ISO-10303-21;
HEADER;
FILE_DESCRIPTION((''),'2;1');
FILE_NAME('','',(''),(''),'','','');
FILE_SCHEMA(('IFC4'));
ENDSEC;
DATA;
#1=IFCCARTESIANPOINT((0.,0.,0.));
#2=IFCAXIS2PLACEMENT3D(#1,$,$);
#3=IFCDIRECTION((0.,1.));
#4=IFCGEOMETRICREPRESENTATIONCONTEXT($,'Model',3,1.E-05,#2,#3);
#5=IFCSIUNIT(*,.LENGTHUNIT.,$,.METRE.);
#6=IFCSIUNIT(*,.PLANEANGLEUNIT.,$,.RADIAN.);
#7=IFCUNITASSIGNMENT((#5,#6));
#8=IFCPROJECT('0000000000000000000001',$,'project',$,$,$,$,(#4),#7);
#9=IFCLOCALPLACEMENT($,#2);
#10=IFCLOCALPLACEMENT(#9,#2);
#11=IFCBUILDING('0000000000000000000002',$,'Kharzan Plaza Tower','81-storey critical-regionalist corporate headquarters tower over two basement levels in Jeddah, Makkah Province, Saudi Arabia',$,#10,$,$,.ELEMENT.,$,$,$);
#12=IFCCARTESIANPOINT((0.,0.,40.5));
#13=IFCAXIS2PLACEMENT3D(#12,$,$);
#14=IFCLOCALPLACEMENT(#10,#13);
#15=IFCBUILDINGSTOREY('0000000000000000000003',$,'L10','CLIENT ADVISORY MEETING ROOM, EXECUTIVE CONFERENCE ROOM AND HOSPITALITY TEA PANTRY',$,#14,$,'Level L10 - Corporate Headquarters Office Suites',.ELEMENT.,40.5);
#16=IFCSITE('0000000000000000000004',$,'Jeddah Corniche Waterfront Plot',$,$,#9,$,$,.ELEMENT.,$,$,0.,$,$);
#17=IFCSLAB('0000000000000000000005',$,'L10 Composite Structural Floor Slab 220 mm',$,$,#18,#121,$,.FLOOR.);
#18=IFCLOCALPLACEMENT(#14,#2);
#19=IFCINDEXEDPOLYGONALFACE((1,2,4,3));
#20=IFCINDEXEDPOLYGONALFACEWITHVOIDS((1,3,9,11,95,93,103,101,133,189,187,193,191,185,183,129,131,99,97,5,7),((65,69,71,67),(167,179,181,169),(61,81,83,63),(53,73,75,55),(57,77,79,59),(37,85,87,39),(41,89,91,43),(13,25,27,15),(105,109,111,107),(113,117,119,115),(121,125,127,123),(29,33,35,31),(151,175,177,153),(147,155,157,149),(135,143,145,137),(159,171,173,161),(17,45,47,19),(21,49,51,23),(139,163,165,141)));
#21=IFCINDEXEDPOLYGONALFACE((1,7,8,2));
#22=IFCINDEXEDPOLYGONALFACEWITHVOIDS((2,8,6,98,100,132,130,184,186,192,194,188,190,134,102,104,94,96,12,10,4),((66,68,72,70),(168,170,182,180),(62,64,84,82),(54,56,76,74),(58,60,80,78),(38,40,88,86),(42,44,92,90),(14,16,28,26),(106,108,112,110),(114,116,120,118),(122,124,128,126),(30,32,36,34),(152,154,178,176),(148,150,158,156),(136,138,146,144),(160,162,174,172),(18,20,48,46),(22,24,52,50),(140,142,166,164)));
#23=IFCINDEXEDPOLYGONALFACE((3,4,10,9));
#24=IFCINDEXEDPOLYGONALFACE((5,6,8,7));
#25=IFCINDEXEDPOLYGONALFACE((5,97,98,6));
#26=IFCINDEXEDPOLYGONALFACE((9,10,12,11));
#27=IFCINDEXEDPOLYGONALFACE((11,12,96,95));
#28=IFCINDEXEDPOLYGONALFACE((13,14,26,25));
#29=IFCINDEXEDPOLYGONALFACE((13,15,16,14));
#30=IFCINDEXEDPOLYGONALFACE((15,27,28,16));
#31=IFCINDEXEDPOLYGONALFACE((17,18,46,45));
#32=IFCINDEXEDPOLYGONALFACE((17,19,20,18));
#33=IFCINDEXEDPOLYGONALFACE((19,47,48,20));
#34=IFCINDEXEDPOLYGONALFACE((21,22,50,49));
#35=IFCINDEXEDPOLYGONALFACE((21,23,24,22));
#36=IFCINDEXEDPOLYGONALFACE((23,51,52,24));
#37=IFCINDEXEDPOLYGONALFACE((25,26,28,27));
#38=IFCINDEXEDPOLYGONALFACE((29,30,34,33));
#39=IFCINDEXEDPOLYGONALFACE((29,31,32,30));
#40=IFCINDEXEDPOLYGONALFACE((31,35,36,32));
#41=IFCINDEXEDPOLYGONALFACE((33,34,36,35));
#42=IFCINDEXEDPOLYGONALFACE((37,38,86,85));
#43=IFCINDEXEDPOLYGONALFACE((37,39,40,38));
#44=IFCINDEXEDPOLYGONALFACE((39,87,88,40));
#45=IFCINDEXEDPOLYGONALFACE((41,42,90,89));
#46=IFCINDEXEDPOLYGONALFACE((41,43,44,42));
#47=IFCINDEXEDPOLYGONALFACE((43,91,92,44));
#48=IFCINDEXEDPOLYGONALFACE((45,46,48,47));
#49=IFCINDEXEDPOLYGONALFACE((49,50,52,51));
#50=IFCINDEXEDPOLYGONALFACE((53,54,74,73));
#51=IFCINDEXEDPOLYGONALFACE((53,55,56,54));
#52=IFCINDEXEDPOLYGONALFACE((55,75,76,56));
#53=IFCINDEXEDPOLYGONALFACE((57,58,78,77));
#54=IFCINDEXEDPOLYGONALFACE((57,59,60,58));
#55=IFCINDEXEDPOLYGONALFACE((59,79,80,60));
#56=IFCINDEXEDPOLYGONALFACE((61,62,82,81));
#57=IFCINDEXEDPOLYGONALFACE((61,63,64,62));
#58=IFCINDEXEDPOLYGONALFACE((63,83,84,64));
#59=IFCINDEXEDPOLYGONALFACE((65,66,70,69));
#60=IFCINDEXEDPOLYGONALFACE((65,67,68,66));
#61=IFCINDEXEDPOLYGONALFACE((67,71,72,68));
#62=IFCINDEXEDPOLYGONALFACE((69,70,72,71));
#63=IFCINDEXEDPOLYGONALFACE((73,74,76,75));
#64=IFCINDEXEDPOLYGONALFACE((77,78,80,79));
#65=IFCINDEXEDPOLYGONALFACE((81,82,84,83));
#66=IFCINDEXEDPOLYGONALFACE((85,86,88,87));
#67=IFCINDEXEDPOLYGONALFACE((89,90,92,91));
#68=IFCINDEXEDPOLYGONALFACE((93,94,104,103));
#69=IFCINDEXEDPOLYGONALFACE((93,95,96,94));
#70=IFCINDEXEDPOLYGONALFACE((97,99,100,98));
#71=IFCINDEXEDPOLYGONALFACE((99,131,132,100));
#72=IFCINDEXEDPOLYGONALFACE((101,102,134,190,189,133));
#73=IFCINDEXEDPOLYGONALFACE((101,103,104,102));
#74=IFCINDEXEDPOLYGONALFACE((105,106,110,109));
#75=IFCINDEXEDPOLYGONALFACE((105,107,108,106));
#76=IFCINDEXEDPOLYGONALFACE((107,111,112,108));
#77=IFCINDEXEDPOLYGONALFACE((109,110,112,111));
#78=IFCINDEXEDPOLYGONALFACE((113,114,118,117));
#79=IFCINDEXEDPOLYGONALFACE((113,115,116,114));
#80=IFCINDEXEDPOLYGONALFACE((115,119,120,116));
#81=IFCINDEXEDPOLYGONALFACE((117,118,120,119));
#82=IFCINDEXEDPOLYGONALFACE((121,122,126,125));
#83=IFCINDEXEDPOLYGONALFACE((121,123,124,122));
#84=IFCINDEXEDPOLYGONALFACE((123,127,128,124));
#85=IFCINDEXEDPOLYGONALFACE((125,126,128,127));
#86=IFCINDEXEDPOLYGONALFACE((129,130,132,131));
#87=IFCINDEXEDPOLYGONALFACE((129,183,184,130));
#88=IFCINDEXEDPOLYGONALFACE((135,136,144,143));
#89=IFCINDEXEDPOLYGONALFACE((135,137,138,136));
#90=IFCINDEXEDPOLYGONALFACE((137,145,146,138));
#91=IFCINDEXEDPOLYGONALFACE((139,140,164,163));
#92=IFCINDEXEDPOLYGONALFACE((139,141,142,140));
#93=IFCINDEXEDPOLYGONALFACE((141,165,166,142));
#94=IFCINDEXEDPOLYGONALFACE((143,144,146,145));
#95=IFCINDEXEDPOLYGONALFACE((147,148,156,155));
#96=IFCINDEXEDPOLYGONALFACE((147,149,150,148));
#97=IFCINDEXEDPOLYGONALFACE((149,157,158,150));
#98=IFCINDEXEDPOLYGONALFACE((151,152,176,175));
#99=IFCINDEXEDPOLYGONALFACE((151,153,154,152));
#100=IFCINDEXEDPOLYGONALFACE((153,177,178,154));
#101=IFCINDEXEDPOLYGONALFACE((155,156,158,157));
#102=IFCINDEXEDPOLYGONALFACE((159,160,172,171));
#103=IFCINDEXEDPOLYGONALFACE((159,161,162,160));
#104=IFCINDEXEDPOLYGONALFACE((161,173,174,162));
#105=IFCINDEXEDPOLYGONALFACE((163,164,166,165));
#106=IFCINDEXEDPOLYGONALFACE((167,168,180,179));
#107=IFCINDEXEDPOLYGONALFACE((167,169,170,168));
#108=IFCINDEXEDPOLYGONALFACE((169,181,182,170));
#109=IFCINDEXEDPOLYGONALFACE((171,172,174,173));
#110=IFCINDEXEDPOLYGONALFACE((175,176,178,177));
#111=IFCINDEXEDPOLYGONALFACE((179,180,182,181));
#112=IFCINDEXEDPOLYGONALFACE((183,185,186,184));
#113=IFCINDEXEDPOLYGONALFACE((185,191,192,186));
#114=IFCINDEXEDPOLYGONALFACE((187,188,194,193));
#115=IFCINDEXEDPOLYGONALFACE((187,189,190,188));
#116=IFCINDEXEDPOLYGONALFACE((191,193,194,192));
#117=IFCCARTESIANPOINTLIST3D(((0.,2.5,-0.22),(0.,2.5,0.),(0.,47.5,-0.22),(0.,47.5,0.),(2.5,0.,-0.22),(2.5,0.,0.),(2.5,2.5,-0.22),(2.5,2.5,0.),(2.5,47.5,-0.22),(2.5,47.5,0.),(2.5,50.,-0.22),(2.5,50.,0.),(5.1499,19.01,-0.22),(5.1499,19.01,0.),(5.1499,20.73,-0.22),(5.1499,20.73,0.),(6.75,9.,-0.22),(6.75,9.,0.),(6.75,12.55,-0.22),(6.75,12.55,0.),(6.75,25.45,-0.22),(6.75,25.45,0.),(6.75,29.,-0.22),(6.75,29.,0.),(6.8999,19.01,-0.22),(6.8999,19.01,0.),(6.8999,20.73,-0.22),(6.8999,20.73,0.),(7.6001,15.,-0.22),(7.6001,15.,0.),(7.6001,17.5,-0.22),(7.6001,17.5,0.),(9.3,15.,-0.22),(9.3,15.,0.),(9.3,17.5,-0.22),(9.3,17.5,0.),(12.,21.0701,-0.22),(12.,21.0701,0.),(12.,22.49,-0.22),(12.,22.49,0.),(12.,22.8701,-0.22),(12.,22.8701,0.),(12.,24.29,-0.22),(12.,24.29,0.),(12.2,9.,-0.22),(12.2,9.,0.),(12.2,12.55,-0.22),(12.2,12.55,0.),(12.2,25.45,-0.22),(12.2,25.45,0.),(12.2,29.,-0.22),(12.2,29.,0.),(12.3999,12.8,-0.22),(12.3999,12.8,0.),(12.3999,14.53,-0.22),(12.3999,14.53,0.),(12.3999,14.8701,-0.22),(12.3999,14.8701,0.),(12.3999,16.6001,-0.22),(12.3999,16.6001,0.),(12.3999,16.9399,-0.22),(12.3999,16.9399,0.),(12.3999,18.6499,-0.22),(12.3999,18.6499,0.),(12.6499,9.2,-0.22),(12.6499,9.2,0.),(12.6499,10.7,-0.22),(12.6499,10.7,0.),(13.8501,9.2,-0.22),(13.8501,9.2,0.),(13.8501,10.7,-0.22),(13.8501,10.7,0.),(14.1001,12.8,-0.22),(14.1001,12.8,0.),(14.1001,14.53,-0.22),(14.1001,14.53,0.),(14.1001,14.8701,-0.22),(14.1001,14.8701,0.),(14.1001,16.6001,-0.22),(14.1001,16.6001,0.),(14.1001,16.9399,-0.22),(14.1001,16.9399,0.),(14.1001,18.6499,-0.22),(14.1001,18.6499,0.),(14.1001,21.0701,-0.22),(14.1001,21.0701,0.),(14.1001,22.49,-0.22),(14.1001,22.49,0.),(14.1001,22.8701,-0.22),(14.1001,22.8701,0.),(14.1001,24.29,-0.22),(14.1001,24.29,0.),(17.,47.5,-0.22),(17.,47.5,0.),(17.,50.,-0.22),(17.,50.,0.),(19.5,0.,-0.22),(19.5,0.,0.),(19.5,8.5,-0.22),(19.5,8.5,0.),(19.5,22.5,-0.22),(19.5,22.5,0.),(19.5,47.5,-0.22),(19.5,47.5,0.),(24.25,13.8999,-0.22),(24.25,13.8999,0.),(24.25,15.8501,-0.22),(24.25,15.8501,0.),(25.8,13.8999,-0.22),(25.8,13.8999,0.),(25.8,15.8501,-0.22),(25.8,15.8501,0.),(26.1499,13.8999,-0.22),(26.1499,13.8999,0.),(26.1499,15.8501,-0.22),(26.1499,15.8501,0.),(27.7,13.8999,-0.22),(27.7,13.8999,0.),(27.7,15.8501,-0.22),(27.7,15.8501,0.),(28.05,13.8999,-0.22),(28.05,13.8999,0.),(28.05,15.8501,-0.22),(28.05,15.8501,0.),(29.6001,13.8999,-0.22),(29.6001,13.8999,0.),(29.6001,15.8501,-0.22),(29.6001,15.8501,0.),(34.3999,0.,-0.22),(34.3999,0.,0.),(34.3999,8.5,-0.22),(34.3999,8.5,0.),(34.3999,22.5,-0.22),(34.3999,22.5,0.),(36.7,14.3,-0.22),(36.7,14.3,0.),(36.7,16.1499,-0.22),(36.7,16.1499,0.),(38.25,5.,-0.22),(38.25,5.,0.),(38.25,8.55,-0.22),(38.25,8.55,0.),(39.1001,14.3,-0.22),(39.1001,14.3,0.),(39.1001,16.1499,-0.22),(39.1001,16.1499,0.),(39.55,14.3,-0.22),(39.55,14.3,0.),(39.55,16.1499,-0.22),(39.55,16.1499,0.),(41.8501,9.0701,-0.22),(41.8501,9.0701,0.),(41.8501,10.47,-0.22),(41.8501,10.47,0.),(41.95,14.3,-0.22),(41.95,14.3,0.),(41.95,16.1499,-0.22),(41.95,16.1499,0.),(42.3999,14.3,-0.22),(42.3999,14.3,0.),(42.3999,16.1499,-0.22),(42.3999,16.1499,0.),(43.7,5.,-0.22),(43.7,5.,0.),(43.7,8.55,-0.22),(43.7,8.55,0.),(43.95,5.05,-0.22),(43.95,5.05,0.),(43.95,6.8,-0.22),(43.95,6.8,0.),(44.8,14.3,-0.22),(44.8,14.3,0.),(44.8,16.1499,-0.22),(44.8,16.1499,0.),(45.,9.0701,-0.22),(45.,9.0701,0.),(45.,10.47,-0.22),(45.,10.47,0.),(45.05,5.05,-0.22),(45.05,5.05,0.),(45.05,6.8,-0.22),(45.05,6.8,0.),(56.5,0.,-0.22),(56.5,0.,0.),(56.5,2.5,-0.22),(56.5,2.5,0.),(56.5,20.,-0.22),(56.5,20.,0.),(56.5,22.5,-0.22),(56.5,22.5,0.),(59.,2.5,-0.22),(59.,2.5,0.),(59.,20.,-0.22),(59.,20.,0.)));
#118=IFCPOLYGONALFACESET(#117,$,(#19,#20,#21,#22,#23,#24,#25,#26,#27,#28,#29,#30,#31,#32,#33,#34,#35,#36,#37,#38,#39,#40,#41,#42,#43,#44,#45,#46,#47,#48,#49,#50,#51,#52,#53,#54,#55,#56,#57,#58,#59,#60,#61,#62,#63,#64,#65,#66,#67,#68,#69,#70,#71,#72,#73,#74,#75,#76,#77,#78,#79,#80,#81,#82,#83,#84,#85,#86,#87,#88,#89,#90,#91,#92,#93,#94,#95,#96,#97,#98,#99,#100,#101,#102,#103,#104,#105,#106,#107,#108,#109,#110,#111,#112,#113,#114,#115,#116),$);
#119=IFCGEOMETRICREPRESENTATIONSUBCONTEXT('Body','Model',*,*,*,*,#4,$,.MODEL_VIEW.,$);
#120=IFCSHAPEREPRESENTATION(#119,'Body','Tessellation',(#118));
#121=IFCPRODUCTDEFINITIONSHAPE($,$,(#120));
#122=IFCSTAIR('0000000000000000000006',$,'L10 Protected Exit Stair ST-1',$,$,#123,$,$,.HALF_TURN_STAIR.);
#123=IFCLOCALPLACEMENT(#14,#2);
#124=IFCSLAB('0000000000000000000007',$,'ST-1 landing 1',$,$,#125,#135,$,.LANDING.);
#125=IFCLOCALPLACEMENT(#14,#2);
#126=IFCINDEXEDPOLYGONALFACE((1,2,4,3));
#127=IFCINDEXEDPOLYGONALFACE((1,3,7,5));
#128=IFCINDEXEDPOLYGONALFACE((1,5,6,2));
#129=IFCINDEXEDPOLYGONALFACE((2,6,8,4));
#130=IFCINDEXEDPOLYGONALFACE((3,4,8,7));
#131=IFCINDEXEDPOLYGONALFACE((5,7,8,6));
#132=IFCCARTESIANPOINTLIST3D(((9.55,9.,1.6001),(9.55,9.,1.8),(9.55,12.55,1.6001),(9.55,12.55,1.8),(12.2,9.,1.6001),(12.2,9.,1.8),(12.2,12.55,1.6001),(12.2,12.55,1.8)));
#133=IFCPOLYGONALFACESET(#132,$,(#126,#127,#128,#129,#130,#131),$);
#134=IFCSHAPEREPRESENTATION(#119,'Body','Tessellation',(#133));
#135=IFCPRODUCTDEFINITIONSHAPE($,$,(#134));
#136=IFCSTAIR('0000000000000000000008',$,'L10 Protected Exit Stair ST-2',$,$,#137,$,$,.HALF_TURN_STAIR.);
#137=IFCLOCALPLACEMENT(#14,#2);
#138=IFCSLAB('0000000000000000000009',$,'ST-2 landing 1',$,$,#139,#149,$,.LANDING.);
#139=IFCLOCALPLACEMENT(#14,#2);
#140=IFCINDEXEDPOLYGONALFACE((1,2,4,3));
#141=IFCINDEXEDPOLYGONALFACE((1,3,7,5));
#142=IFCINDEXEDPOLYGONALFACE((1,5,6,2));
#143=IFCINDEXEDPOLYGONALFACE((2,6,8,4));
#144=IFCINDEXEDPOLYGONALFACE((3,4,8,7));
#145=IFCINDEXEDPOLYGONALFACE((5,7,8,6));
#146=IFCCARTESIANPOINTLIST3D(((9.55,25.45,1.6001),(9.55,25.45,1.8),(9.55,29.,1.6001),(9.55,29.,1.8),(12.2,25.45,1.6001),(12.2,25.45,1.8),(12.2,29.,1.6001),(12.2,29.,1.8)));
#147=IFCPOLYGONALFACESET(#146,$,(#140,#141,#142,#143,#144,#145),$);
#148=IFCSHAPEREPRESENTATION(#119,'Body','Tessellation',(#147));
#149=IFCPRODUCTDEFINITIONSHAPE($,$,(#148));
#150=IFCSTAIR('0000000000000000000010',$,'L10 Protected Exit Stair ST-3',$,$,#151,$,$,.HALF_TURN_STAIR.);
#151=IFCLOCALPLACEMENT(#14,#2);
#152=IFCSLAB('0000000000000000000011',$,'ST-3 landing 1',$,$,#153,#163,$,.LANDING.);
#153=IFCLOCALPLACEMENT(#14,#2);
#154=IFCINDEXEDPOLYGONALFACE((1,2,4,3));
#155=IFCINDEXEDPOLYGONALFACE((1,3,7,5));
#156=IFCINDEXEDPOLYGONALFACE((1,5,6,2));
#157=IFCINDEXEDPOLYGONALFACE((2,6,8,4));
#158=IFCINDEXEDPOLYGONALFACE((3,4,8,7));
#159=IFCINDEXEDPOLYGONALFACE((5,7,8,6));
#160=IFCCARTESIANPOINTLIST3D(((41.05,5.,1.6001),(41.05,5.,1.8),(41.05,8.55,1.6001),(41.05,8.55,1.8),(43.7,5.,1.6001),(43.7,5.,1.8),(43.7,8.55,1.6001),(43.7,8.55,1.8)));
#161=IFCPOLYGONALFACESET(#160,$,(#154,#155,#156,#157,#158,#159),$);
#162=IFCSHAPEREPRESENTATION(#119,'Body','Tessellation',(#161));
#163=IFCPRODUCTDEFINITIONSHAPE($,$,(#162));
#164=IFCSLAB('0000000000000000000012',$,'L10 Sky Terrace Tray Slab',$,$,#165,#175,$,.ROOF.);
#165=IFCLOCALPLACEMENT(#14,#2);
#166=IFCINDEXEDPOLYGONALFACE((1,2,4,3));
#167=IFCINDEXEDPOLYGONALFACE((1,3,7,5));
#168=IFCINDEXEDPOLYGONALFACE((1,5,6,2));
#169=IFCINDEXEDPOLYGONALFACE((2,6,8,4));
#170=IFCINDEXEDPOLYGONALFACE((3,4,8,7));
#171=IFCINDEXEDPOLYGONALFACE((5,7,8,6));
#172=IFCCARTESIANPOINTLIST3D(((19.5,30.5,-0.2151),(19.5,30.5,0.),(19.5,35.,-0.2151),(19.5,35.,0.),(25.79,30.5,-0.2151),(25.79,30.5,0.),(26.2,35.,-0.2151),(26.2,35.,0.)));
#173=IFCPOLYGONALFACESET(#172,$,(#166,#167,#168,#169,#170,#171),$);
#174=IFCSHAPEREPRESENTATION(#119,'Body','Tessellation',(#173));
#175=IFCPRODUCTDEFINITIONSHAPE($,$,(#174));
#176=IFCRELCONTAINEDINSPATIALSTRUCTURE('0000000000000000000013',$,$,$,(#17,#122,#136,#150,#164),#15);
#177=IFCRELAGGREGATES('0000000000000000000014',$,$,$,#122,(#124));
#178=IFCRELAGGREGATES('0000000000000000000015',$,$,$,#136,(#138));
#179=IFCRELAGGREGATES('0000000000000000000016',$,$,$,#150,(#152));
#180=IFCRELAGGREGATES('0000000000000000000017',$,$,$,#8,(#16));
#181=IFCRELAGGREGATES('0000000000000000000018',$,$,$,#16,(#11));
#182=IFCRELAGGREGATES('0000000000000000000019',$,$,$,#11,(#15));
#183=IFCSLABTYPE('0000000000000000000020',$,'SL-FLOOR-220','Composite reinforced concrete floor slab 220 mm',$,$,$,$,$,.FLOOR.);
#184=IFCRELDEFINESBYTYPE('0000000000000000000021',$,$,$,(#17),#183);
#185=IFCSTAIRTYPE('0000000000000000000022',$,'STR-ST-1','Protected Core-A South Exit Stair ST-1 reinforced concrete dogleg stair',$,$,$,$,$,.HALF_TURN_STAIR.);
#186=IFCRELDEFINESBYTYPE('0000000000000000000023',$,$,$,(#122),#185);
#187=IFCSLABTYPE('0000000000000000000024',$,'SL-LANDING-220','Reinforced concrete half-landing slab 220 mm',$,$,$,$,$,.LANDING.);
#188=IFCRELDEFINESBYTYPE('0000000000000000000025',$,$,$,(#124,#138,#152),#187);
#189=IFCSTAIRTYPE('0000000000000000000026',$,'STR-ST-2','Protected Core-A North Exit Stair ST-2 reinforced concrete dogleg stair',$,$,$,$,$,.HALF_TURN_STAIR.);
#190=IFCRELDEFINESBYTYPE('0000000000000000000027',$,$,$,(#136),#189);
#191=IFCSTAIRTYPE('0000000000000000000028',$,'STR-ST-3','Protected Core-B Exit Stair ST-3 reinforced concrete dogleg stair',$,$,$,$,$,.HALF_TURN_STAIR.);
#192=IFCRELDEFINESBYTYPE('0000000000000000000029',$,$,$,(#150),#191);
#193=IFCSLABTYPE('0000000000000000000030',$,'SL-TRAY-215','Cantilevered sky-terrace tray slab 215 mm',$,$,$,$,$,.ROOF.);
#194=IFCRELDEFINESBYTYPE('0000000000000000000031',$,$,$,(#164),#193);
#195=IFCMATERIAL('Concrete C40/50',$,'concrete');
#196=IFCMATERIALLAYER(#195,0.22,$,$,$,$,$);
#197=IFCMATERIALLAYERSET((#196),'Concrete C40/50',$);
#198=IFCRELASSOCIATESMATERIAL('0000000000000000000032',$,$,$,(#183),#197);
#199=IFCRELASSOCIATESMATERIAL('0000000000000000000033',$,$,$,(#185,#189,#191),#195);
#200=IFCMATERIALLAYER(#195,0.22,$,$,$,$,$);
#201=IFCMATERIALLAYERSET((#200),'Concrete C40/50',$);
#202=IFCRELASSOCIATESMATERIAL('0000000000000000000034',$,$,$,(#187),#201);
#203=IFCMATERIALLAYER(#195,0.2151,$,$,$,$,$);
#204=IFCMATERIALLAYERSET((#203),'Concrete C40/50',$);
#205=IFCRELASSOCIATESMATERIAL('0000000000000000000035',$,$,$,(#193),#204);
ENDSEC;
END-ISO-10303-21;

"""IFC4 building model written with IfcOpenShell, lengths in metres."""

from ifc_helpers import new_model, si_unit, direction, frame, origin, place, context, subcontext, project, spatial, polyline, outline, extrude, material, layer, layer_set, type_object, element, aggregate, save


model = new_model("IFC4")

# Units and contexts
model_context = context("Model", 3, precision=1e-05, world=origin(), true_north=direction((0.0, 1.0)))
body_context = subcontext(model_context, "Body", "Model", "MODEL_VIEW")
ifc_project = project(units=[si_unit("LENGTHUNIT", "METRE"), si_unit("PLANEANGLEUNIT", "RADIAN")], contexts=[model_context])

# Site, building, storey
site_placement = place(None, origin())
site = spatial("IfcSite", under=ifc_project, at=site_placement, Name="Jeddah Corniche Waterfront Plot", CompositionType="ELEMENT", RefElevation=0.0)
building_placement = place(site_placement, origin())
building = spatial("IfcBuilding", under=site, at=building_placement, Name="Kharzan Plaza Tower", Description="81-storey critical-regionalist corporate headquarters tower over two basement levels in Jeddah, Makkah Province, Saudi Arabia", CompositionType="ELEMENT")
storey_placement = place(building_placement, frame((0.0, 0.0, 40.5)))
storey = spatial("IfcBuildingStorey", under=building, at=storey_placement, Name="L10", Description="CLIENT ADVISORY MEETING ROOM, EXECUTIVE CONFERENCE ROOM AND HOSPITALITY TEA PANTRY", LongName="Level L10 - Corporate Headquarters Office Suites", CompositionType="ELEMENT", Elevation=40.5)

# Slab
ifc_material_1 = material(Name="Concrete C40/50", Category="concrete")
ifc_layer_1 = layer(ifc_material_1, 0.22)
ifc_layer_set_1 = layer_set([ifc_layer_1], Name="Concrete C40/50")
slab_type_1 = type_object("IfcSlabType", Name="SL-FLOOR-220", Description="Composite reinforced concrete floor slab 220 mm", PredefinedType="FLOOR", material=ifc_layer_set_1)
slab_1_placement = place(storey_placement, frame((0.0, 0.0, -0.22)))
element("IfcSlab", 1, at=slab_1_placement, inside=storey, type_object=slab_type_1, Name="L10 Composite Structural Floor Slab 220 mm", PredefinedType="FLOOR", context=body_context, shape_type="SweptSolid", body=[
    extrude(outline(polyline([(34.3999, 22.5), (19.5, 22.5), (19.5, 47.5), (17.0, 47.5), (17.0, 50.0), (2.5, 50.0), (2.5, 47.5), (0.0, 47.5), (0.0, 2.5), (2.5, 2.5), (2.5, 0.0), (19.5, 0.0), (19.5, 8.5), (34.3999, 8.5), (34.3999, 0.0), (56.5, 0.0), (56.5, 2.5), (59.0, 2.5), (59.0, 20.0), (56.5, 20.0), (56.5, 22.5), (34.3999, 22.5)]), holes=[polyline([(13.8501, 9.2), (13.8501, 10.7), (12.6499, 10.7), (12.6499, 9.2), (13.8501, 9.2)]), polyline([(12.2, 9.0), (12.2, 12.55), (6.75, 12.55), (6.75, 9.0), (12.2, 9.0)]), polyline([(14.1001, 12.8), (14.1001, 14.53), (12.3999, 14.53), (12.3999, 12.8), (14.1001, 12.8)]), polyline([(14.1001, 14.8701), (14.1001, 16.6001), (12.3999, 16.6001), (12.3999, 14.8701), (14.1001, 14.8701)]), polyline([(9.3, 15.0), (9.3, 17.5), (7.6001, 17.5), (7.6001, 15.0), (9.3, 15.0)]), polyline([(14.1001, 16.9399), (14.1001, 18.6499), (12.3999, 18.6499), (12.3999, 16.9399), (14.1001, 16.9399)]), polyline([(6.8999, 19.01), (6.8999, 20.73), (5.1499, 20.73), (5.1499, 19.01), (6.8999, 19.01)]), polyline([(12.0, 21.0701), (14.1001, 21.0701), (14.1001, 22.49), (12.0, 22.49), (12.0, 21.0701)]), polyline([(12.0, 22.8701), (14.1001, 22.8701), (14.1001, 24.29), (12.0, 24.29), (12.0, 22.8701)]), polyline([(12.2, 25.45), (12.2, 29.0), (6.75, 29.0), (6.75, 25.45), (12.2, 25.45)]), polyline([(45.05, 5.05), (45.05, 6.8), (43.95, 6.8), (43.95, 5.05), (45.05, 5.05)]), polyline([(43.7, 5.0), (43.7, 8.55), (38.25, 8.55), (38.25, 5.0), (43.7, 5.0)]), polyline([(41.8501, 9.0701), (45.0, 9.0701), (45.0, 10.47), (41.8501, 10.47), (41.8501, 9.0701)]), polyline([(24.25, 13.8999), (25.8, 13.8999), (25.8, 15.8501), (24.25, 15.8501), (24.25, 13.8999)]), polyline([(27.7, 13.8999), (27.7, 15.8501), (26.1499, 15.8501), (26.1499, 13.8999), (27.7, 13.8999)]), polyline([(29.6001, 13.8999), (29.6001, 15.8501), (28.05, 15.8501), (28.05, 13.8999), (29.6001, 13.8999)]), polyline([(39.1001, 14.3), (39.1001, 16.1499), (36.7, 16.1499), (36.7, 14.3), (39.1001, 14.3)]), polyline([(39.55, 14.3), (41.95, 14.3), (41.95, 16.1499), (39.55, 16.1499), (39.55, 14.3)]), polyline([(42.3999, 14.3), (44.8, 14.3), (44.8, 16.1499), (42.3999, 16.1499), (42.3999, 14.3)])]), origin(), (0.0, 0.0, 1.0), 0.22),
])

# Stairs, slabs
stair_type_1 = type_object("IfcStairType", Name="STR-ST-1", Description="Protected Core-A South Exit Stair ST-1 reinforced concrete dogleg stair", PredefinedType="HALF_TURN_STAIR", material=ifc_material_1)
stair_1_placement = place(storey_placement, origin())
stair_1 = element("IfcStair", 2, at=stair_1_placement, inside=storey, type_object=stair_type_1, Name="L10 Protected Exit Stair ST-1", PredefinedType="HALF_TURN_STAIR")
ifc_layer_2 = layer(ifc_material_1, 0.22)
ifc_layer_set_2 = layer_set([ifc_layer_2], Name="Concrete C40/50")
slab_type_2 = type_object("IfcSlabType", Name="SL-LANDING-220", Description="Reinforced concrete half-landing slab 220 mm", PredefinedType="LANDING", material=ifc_layer_set_2)
slab_2_placement = place(storey_placement, frame((0.0, 0.0, 1.6001)))
slab_2 = element("IfcSlab", 3, at=slab_2_placement, type_object=slab_type_2, Name="ST-1 landing 1", PredefinedType="LANDING", context=body_context, shape_type="SweptSolid", body=[
    extrude(outline(polyline([(9.55, 9.0), (12.2, 9.0), (12.2, 12.55), (9.55, 12.55), (9.55, 9.0)])), origin(), (0.0, 0.0, 1.0), 0.2),
])
aggregate(stair_1, [slab_2])
stair_type_2 = type_object("IfcStairType", Name="STR-ST-2", Description="Protected Core-A North Exit Stair ST-2 reinforced concrete dogleg stair", PredefinedType="HALF_TURN_STAIR", material=ifc_material_1)
stair_2_placement = place(storey_placement, origin())
stair_2 = element("IfcStair", 4, at=stair_2_placement, inside=storey, type_object=stair_type_2, Name="L10 Protected Exit Stair ST-2", PredefinedType="HALF_TURN_STAIR")
slab_3_placement = place(storey_placement, frame((0.0, 0.0, 1.6001)))
slab_3 = element("IfcSlab", 5, at=slab_3_placement, type_object=slab_type_2, Name="ST-2 landing 1", PredefinedType="LANDING", context=body_context, shape_type="SweptSolid", body=[
    extrude(outline(polyline([(9.55, 25.45), (12.2, 25.45), (12.2, 29.0), (9.55, 29.0), (9.55, 25.45)])), origin(), (0.0, 0.0, 1.0), 0.2),
])
aggregate(stair_2, [slab_3])
stair_type_3 = type_object("IfcStairType", Name="STR-ST-3", Description="Protected Core-B Exit Stair ST-3 reinforced concrete dogleg stair", PredefinedType="HALF_TURN_STAIR", material=ifc_material_1)
stair_3_placement = place(storey_placement, origin())
stair_3 = element("IfcStair", 6, at=stair_3_placement, inside=storey, type_object=stair_type_3, Name="L10 Protected Exit Stair ST-3", PredefinedType="HALF_TURN_STAIR")
slab_4_placement = place(storey_placement, frame((0.0, 0.0, 1.6001)))
slab_4 = element("IfcSlab", 7, at=slab_4_placement, type_object=slab_type_2, Name="ST-3 landing 1", PredefinedType="LANDING", context=body_context, shape_type="SweptSolid", body=[
    extrude(outline(polyline([(41.05, 5.0), (43.7, 5.0), (43.7, 8.55), (41.05, 8.55), (41.05, 5.0)])), origin(), (0.0, 0.0, 1.0), 0.2),
])
aggregate(stair_3, [slab_4])

# Slab
ifc_layer_3 = layer(ifc_material_1, 0.2151)
ifc_layer_set_3 = layer_set([ifc_layer_3], Name="Concrete C40/50")
slab_type_3 = type_object("IfcSlabType", Name="SL-TRAY-215", Description="Cantilevered sky-terrace tray slab 215 mm", PredefinedType="ROOF", material=ifc_layer_set_3)
slab_5_placement = place(storey_placement, frame((0.0, 0.0, -0.2151)))
element("IfcSlab", 8, at=slab_5_placement, inside=storey, type_object=slab_type_3, Name="L10 Sky Terrace Tray Slab", PredefinedType="ROOF", context=body_context, shape_type="SweptSolid", body=[
    extrude(outline(polyline([(19.5, 30.5), (25.79, 30.5), (26.2, 35.0), (19.5, 35.0), (19.5, 30.5)])), origin(), (0.0, 0.0, 1.0), 0.2151),
])

save(model, "model.ifc")
